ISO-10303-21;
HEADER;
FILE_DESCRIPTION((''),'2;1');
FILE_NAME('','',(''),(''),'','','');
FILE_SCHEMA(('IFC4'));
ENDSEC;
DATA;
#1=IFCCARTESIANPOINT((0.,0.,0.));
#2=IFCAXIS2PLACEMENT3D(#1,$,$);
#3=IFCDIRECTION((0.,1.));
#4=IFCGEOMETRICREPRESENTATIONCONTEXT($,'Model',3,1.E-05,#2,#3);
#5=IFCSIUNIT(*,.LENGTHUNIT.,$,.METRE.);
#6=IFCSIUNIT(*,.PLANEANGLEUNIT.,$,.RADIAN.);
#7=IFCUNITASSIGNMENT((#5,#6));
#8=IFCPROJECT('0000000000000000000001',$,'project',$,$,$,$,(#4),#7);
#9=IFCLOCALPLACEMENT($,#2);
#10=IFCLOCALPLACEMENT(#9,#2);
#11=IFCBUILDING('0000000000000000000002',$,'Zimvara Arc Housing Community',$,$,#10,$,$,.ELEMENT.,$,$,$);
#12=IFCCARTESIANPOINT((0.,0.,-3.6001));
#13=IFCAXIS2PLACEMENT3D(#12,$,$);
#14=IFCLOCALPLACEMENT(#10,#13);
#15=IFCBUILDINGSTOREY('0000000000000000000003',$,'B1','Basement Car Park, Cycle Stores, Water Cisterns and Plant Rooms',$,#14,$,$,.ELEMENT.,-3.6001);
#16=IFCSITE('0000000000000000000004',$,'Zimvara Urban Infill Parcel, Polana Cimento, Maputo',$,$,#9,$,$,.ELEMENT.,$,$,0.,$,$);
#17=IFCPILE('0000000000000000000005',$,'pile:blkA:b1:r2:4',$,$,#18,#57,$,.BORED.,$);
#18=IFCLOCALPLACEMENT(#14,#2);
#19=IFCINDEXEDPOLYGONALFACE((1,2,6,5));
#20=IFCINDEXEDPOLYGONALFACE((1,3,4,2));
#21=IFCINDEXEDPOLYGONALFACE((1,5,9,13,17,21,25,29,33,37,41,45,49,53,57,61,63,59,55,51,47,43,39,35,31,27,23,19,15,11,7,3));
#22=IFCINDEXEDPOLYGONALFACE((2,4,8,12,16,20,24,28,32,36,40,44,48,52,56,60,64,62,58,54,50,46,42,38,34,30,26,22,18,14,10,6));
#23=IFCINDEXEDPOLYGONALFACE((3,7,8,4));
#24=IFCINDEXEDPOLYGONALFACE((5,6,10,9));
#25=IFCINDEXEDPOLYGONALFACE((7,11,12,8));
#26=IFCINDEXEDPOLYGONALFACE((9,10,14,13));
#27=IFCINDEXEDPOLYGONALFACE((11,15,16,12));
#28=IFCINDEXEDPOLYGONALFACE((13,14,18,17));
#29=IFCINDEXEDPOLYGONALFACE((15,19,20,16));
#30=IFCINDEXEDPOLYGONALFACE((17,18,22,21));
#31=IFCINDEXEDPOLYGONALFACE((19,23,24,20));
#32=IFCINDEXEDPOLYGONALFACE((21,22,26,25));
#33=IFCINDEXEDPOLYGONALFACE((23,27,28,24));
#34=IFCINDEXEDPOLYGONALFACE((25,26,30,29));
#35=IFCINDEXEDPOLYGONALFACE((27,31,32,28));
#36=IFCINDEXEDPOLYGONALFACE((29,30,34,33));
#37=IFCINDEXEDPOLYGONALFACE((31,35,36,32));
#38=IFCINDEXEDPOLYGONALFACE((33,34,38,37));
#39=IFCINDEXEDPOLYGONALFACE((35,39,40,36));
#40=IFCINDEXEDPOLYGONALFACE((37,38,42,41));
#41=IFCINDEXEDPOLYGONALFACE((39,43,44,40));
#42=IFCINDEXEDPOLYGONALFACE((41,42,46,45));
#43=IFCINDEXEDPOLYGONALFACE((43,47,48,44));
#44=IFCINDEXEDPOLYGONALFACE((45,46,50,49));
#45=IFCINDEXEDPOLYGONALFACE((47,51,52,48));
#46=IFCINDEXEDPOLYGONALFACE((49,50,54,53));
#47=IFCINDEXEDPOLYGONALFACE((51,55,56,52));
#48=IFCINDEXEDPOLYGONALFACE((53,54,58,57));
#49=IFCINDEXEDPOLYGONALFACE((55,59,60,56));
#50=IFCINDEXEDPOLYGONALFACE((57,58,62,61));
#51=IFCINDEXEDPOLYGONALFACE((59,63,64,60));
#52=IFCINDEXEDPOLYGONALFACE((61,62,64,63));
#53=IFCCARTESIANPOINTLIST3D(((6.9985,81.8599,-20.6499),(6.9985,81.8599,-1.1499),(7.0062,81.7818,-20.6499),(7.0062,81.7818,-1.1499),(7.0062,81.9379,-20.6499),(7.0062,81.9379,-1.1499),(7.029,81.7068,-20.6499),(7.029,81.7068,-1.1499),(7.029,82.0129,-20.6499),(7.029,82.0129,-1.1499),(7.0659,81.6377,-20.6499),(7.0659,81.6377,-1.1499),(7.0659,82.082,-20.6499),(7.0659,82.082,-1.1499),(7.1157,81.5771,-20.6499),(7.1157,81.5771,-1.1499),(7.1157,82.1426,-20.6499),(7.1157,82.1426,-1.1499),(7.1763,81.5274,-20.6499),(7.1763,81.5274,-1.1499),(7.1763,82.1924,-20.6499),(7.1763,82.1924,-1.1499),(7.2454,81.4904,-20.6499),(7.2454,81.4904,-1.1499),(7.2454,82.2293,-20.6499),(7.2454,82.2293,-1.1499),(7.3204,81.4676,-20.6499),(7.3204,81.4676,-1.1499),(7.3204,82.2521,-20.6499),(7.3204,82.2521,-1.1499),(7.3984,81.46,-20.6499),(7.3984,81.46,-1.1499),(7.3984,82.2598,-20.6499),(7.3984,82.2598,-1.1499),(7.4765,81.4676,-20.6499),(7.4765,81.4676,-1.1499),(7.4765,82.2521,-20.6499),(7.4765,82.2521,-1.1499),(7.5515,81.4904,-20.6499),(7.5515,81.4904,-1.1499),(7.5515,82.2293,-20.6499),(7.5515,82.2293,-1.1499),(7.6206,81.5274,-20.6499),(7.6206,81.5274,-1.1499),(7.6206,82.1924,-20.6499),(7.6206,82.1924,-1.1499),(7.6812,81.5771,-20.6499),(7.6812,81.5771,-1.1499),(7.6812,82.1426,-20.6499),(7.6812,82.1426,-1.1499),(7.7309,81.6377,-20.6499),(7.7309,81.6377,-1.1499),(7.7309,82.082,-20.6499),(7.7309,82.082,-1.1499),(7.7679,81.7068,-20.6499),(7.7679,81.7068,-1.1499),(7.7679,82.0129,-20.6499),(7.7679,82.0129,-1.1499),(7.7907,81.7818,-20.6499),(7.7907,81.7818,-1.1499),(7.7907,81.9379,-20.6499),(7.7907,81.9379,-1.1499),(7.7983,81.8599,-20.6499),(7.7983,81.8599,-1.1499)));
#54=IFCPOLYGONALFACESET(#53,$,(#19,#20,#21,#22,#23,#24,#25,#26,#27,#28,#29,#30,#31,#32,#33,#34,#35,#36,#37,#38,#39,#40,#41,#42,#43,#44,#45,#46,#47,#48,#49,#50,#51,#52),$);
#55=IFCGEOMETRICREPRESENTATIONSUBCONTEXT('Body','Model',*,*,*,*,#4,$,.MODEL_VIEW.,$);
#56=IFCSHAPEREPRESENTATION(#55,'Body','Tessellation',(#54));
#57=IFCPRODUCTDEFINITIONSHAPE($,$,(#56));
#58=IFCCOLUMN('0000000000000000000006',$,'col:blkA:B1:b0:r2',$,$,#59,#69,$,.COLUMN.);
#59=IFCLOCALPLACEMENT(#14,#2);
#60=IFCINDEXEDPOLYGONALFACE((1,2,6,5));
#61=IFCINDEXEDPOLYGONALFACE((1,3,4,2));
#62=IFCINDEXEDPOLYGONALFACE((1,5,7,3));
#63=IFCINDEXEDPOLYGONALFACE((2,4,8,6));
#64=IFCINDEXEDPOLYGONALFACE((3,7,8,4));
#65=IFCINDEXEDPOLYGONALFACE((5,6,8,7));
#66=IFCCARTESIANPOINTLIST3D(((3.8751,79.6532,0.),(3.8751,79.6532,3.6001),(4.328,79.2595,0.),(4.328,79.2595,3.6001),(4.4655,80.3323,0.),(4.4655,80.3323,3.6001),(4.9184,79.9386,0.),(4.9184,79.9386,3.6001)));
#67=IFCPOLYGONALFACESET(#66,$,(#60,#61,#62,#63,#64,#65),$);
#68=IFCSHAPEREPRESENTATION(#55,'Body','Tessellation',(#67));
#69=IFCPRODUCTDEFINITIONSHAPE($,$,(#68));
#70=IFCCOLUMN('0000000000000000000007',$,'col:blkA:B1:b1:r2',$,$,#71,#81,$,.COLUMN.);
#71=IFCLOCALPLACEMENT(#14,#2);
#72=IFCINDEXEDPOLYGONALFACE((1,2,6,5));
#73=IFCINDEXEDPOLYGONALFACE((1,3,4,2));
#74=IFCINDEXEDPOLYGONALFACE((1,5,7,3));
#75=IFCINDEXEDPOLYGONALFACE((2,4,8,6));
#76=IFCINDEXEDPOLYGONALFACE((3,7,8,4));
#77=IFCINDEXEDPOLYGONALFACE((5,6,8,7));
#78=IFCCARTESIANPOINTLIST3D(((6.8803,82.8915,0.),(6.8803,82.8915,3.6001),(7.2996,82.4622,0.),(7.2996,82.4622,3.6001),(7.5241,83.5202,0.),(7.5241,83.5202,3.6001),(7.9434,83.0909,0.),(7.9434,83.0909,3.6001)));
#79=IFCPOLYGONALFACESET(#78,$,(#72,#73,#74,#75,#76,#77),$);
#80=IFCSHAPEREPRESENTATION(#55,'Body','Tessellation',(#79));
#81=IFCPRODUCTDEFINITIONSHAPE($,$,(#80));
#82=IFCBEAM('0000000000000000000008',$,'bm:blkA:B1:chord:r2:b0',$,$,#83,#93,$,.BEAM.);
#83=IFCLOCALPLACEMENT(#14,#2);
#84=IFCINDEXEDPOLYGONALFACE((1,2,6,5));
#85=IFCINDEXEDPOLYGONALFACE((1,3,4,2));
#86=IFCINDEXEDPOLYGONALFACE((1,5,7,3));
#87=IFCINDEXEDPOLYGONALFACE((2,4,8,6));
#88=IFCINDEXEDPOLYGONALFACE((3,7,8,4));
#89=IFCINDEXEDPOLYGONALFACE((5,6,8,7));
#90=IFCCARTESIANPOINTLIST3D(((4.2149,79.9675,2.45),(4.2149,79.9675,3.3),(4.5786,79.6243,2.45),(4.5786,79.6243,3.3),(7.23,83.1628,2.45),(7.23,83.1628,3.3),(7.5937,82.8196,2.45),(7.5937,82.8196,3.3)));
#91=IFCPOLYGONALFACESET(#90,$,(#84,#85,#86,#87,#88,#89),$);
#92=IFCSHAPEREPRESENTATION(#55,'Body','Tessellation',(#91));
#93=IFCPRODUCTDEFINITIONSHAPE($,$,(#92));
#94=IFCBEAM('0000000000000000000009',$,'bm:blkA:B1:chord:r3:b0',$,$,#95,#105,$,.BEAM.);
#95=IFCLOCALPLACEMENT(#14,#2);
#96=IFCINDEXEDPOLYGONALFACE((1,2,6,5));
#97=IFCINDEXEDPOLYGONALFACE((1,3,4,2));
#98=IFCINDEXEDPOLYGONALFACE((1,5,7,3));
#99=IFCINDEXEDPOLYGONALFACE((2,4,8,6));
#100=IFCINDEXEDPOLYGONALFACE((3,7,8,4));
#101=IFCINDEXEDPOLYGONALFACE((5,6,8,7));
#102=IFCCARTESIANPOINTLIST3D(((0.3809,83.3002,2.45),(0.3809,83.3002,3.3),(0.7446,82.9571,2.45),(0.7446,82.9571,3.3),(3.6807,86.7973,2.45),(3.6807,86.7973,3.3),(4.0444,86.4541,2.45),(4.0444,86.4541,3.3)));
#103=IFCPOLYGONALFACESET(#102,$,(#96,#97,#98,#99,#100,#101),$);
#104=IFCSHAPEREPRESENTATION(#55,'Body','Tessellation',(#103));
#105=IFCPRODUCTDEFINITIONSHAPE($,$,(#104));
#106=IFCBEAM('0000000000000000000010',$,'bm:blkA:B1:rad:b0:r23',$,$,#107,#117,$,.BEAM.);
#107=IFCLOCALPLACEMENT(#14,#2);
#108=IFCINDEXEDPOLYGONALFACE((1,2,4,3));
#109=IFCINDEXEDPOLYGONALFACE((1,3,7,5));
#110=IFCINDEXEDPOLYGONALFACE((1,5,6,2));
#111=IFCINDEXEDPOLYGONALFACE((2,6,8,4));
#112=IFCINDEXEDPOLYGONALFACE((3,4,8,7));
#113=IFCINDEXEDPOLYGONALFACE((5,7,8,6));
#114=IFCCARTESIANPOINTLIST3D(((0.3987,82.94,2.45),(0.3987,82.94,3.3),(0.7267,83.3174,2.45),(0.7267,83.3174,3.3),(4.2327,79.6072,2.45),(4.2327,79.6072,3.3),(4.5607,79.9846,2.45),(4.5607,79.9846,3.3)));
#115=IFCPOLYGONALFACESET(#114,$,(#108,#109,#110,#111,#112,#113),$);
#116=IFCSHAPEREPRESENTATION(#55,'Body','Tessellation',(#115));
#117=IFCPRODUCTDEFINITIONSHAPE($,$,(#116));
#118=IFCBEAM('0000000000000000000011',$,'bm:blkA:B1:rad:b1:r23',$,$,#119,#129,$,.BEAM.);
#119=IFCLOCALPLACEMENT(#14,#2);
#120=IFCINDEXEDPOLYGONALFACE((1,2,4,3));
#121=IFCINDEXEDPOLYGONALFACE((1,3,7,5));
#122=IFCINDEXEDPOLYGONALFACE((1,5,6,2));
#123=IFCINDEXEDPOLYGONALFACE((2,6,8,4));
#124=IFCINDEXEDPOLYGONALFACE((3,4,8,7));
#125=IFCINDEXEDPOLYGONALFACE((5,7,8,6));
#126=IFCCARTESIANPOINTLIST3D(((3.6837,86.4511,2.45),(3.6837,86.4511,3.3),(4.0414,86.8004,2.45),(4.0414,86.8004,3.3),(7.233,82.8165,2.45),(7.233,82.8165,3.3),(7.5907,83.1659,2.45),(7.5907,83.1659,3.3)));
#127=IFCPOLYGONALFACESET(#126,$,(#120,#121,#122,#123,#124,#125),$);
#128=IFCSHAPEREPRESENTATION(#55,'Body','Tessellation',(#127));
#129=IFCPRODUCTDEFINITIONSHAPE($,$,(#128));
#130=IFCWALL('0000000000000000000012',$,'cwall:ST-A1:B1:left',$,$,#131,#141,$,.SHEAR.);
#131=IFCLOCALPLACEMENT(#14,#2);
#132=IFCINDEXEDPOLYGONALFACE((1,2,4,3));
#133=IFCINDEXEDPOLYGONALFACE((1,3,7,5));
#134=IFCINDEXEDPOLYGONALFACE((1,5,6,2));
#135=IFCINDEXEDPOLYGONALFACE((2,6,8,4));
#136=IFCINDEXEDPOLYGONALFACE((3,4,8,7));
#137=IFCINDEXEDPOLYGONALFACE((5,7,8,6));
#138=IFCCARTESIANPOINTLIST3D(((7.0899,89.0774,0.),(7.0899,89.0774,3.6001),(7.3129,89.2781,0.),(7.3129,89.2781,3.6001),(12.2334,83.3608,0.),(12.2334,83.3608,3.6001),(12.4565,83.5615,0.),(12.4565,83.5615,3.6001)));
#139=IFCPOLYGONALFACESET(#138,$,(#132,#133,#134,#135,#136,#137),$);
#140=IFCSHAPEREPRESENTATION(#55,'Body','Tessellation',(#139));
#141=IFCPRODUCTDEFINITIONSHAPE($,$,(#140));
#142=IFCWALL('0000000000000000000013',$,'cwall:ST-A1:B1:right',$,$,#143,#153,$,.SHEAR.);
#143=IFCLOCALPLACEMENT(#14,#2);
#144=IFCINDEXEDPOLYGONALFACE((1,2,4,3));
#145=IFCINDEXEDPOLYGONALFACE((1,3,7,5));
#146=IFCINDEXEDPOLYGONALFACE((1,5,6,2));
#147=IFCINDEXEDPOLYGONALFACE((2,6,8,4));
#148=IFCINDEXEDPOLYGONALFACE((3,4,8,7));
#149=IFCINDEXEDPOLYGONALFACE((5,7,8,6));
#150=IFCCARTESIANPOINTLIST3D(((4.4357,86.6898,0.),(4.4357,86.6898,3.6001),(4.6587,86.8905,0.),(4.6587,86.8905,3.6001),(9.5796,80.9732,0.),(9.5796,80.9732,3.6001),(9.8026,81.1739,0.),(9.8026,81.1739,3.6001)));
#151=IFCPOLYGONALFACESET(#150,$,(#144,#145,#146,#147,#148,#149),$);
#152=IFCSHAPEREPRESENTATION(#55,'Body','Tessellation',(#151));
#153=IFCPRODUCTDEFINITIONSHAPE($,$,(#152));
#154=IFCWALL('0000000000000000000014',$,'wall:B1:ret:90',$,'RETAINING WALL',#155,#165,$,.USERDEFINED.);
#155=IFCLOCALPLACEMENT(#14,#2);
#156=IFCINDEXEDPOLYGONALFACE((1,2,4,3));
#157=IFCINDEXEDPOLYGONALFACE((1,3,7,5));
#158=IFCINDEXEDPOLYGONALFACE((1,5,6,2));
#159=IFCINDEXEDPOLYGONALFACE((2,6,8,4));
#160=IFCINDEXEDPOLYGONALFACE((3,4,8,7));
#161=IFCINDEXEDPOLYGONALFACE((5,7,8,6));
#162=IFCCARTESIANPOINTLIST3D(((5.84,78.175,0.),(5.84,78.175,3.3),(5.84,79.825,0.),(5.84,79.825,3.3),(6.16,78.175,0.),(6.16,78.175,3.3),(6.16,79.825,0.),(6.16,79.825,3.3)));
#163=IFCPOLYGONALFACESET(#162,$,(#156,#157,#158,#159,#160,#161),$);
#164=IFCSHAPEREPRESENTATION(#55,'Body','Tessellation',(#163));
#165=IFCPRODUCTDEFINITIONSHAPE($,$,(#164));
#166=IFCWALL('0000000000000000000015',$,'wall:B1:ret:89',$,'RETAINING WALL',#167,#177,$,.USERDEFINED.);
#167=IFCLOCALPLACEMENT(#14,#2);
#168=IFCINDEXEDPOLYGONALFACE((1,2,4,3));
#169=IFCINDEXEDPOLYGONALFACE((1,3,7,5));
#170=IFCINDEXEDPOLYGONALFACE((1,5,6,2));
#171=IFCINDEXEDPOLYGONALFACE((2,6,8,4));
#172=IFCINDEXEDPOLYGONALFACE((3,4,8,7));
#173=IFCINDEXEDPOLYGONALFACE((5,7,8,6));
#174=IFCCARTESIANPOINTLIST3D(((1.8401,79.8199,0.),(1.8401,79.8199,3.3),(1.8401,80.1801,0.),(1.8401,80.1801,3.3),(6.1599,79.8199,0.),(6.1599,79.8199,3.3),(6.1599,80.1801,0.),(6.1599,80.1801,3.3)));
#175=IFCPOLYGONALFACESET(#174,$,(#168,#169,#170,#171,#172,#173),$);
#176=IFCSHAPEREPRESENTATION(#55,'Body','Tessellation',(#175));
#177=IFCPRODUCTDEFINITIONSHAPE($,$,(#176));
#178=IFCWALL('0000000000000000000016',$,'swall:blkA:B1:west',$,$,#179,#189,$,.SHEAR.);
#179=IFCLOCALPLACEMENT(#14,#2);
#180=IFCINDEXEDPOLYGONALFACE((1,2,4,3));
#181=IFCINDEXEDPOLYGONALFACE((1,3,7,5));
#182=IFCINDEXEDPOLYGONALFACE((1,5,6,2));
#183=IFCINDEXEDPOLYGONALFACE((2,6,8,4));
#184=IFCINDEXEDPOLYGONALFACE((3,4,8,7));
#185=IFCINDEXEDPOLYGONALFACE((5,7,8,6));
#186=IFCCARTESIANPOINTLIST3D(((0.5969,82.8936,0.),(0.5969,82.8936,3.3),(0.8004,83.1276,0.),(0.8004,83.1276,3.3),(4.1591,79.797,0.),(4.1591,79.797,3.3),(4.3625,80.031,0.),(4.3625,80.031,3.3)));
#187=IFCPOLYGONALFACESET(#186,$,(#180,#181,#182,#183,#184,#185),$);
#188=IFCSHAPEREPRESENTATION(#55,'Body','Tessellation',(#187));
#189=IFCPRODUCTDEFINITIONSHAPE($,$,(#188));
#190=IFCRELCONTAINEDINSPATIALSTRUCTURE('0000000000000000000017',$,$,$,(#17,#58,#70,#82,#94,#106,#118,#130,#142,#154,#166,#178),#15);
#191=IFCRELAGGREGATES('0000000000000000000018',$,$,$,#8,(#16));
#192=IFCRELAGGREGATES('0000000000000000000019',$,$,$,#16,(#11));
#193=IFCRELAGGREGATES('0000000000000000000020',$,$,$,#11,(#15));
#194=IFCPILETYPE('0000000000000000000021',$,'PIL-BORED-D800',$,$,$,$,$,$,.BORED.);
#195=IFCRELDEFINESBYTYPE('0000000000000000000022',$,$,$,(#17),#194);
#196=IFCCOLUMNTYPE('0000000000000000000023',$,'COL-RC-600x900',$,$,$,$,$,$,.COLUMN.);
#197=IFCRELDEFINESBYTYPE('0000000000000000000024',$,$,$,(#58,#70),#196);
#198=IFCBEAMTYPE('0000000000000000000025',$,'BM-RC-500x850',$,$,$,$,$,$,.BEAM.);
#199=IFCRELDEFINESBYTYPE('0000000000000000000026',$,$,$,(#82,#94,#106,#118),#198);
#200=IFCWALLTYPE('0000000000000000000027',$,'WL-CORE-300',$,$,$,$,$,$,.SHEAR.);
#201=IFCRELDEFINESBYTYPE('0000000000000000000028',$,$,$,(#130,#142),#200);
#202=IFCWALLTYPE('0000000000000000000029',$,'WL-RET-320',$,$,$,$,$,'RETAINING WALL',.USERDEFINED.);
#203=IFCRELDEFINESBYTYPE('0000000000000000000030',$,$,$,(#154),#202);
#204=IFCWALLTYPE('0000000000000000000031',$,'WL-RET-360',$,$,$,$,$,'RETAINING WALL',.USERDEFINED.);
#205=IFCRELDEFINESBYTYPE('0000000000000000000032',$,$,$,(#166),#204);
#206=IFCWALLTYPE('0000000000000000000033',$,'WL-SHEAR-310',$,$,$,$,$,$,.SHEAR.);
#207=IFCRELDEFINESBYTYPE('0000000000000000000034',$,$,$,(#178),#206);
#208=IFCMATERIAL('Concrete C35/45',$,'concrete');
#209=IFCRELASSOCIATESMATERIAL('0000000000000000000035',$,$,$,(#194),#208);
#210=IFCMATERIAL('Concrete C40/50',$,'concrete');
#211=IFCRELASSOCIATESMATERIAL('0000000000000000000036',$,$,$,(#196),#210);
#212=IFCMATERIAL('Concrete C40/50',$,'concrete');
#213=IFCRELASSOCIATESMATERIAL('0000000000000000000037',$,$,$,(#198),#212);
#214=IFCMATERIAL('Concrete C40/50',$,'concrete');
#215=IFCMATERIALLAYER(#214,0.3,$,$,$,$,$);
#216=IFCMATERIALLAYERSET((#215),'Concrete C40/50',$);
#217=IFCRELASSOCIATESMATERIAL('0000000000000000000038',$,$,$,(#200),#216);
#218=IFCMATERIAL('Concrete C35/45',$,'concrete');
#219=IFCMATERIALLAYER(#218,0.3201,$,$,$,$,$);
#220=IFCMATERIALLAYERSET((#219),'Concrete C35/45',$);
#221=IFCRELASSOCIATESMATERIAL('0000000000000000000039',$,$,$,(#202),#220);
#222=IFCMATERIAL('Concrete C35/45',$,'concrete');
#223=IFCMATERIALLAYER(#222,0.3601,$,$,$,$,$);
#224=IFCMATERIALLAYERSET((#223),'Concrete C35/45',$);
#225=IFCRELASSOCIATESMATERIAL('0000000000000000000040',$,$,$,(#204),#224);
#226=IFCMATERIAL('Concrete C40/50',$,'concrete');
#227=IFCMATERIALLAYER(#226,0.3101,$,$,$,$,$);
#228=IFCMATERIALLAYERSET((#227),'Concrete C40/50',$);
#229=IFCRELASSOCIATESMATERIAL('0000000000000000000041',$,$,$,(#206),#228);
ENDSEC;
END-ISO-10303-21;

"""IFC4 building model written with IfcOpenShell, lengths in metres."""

from ifc_helpers import new_model, si_unit, direction, frame, frame_2d, origin, origin_2d, place, context, subcontext, project, spatial, rectangle, circle, extrude, material, layer, layer_set, material_profile, profile_set, type_object, element, save


model = new_model("IFC4")

# Units and contexts
model_context = context("Model", 3, precision=1e-05, world=origin(), true_north=direction((0.0, 1.0)))
body_context = subcontext(model_context, "Body", "Model", "MODEL_VIEW")
ifc_project = project(units=[si_unit("LENGTHUNIT", "METRE"), si_unit("PLANEANGLEUNIT", "RADIAN")], contexts=[model_context])

# Site, building, storey
site_placement = place(None, origin())
site = spatial("IfcSite", under=ifc_project, at=site_placement, Name="Zimvara Urban Infill Parcel, Polana Cimento, Maputo", CompositionType="ELEMENT", RefElevation=0.0)
building_placement = place(site_placement, origin())
building = spatial("IfcBuilding", under=site, at=building_placement, Name="Zimvara Arc Housing Community", CompositionType="ELEMENT")
storey_placement = place(building_placement, frame((0.0, 0.0, -3.6001)))
storey = spatial("IfcBuildingStorey", under=building, at=storey_placement, Name="B1", Description="Basement Car Park, Cycle Stores, Water Cisterns and Plant Rooms", CompositionType="ELEMENT", Elevation=-3.6001)

# Pile
ifc_material_1 = material(Name="Concrete C35/45", Category="concrete")
ifc_material_profile_1 = material_profile(ifc_material_1, circle(Radius=0.3999, at=origin_2d()), Name="PILE D800")
ifc_profile_set_1 = profile_set([ifc_material_profile_1], Name="Concrete C35/45")
pile_type = type_object("IfcPileType", Name="PIL-BORED-D800", PredefinedType="BORED", material=ifc_profile_set_1)
for number, where, z_axis, x_axis, name in (
    (1, (7.3984, 81.8599, -1.1499), (0.0, 0.0, -1.0), (1.0, 0.0, 0.0), "pile:blkA:b1:r2:4"),
):
    element("IfcPile", number, at=place(storey_placement, frame(where, z_axis=z_axis, x_axis=x_axis)), inside=storey, type_object=pile_type, Name=name, PredefinedType="BORED", context=body_context, shape_type="SweptSolid", body=[
        extrude(circle(Radius=0.3999, at=origin_2d()), origin(), (0.0, 0.0, 1.0), 19.5),
    ])

# Columns
ifc_material_2 = material(Name="Concrete C40/50", Category="concrete")
ifc_material_profile_2 = material_profile(ifc_material_2, rectangle(XDim=0.6001, YDim=0.8999, at=origin_2d()), Name="RC 600x900")
ifc_profile_set_2 = profile_set([ifc_material_profile_2], Name="Concrete C40/50")
column_type_1 = type_object("IfcColumnType", Name="COL-RC-600x900", PredefinedType="COLUMN", material=ifc_profile_set_2)
for number, where, z_axis, x_axis, name in (
    (2, (4.3967, 79.7959, 0.0), (0.0, 0.0, 1.0), (-0.75471, 0.656059, 0.0), "col:blkA:B1:b0:r2"),
    (3, (7.4119, 82.9912, 0.0), (0.0, 0.0, 1.0), (-0.698665, 0.715449, 0.0), "col:blkA:B1:b1:r2"),
):
    element("IfcColumn", number, at=place(storey_placement, frame(where, z_axis=z_axis, x_axis=x_axis)), inside=storey, type_object=column_type_1, Name=name, PredefinedType="COLUMN", context=body_context, shape_type="SweptSolid", body=[
        extrude(rectangle(XDim=0.6001, YDim=0.8999, at=origin_2d()), origin(), (0.0, 0.0, 1.0), 3.6001),
    ])

# Beams
ifc_material_3 = material(Name="Concrete C40/50", Category="concrete")
ifc_material_profile_3 = material_profile(ifc_material_3, rectangle(XDim=0.5, YDim=0.8501, at=origin_2d()), Name="RC 500x850")
ifc_profile_set_3 = profile_set([ifc_material_profile_3], Name="Concrete C40/50")
beam_type = type_object("IfcBeamType", Name="BM-RC-500x850", PredefinedType="BEAM", material=ifc_profile_set_3)
beam_1_placement = place(storey_placement, frame((4.3967, 79.7959, 2.875), z_axis=(0.686304, 0.727315, 0.0), x_axis=(-0.727315, 0.686304, 0.0)))
element("IfcBeam", 4, at=beam_1_placement, inside=storey, type_object=beam_type, Name="bm:blkA:B1:chord:r2:b0", PredefinedType="BEAM", context=body_context, shape_type="SweptSolid", body=[
    extrude(rectangle(XDim=0.5, YDim=0.8501, at=origin_2d()), origin(), (0.0, 0.0, 1.0), 4.3933),
])
beam_2_placement = place(storey_placement, frame((0.5627, 83.1287, 2.875), z_axis=(0.686295, 0.727323, 0.0), x_axis=(-0.727323, 0.686295, 0.0)))
element("IfcBeam", 5, at=beam_2_placement, inside=storey, type_object=beam_type, Name="bm:blkA:B1:chord:r3:b0", PredefinedType="BEAM", context=body_context, shape_type="SweptSolid", body=[
    extrude(rectangle(XDim=0.5, YDim=0.8501, at=origin_2d()), origin(), (0.0, 0.0, 1.0), 4.8081),
])
for number, where, z_axis, x_axis, name in (
    (6, (4.3967, 79.7959, 2.875), (-0.754716, 0.656051, 0.0), (-0.656051, -0.754716, 0.0), "bm:blkA:B1:rad:b0:r23"),
    (7, (7.4119, 82.9912, 2.875), (-0.698671, 0.715443, 0.0), (-0.715443, -0.698671, 0.0), "bm:blkA:B1:rad:b1:r23"),
):
    element("IfcBeam", number, at=place(storey_placement, frame(where, z_axis=z_axis, x_axis=x_axis)), inside=storey, type_object=beam_type, Name=name, PredefinedType="BEAM", context=body_context, shape_type="SweptSolid", body=[
        extrude(rectangle(XDim=0.5, YDim=0.8501, at=origin_2d()), origin(), (0.0, 0.0, 1.0), 5.0801),
    ])

# Shared definitions
ifc_material_4 = material(Name="Concrete C40/50", Category="concrete")
ifc_layer_1 = layer(ifc_material_4, 0.3)
ifc_layer_set_1 = layer_set([ifc_layer_1], Name="Concrete C40/50")
wall_type_1 = type_object("IfcWallType", Name="WL-CORE-300", PredefinedType="SHEAR", material=ifc_layer_set_1)

# Walls
wall_1_placement = place(storey_placement, frame((12.345, 83.4612, 0.0), z_axis=(0.0, 0.0, 1.0), x_axis=(-0.668868, 0.743381, 0.0)))
element("IfcWall", 8, at=wall_1_placement, inside=storey, type_object=wall_type_1, Name="cwall:ST-A1:B1:left", PredefinedType="SHEAR", context=body_context, shape_type="SweptSolid", body=[
    extrude(rectangle(XDim=7.6899, YDim=0.3, at=frame_2d((3.845, 0.0))), origin(), (0.0, 0.0, 1.0), 3.6001),
])
wall_2_placement = place(storey_placement, frame((9.6912, 81.0735, 0.0), z_axis=(0.0, 0.0, 1.0), x_axis=(-0.668886, 0.743365, 0.0)))
element("IfcWall", 9, at=wall_2_placement, inside=storey, type_object=wall_type_1, Name="cwall:ST-A1:B1:right", PredefinedType="SHEAR", context=body_context, shape_type="SweptSolid", body=[
    extrude(rectangle(XDim=7.6902, YDim=0.3, at=frame_2d((3.8452, 0.0))), origin(), (0.0, 0.0, 1.0), 3.6001),
])
ifc_material_5 = material(Name="Concrete C35/45", Category="concrete")
ifc_layer_2 = layer(ifc_material_5, 0.3201)
ifc_layer_set_2 = layer_set([ifc_layer_2], Name="Concrete C35/45")
wall_type_2 = type_object("IfcWallType", Name="WL-RET-320", ElementType="RETAINING WALL", PredefinedType="USERDEFINED", material=ifc_layer_set_2)
wall_3_placement = place(storey_placement, frame((6.0, 79.825, 0.0), z_axis=(0.0, 0.0, 1.0), x_axis=(0.0, -1.0, 0.0)))
element("IfcWall", 10, at=wall_3_placement, inside=storey, type_object=wall_type_2, Name="wall:B1:ret:90", ObjectType="RETAINING WALL", PredefinedType="USERDEFINED", context=body_context, shape_type="SweptSolid", body=[
    extrude(rectangle(XDim=1.6499, YDim=0.3201, at=frame_2d((0.825, 0.0))), origin(), (0.0, 0.0, 1.0), 3.3),
])
ifc_material_6 = material(Name="Concrete C35/45", Category="concrete")
ifc_layer_3 = layer(ifc_material_6, 0.3601)
ifc_layer_set_3 = layer_set([ifc_layer_3], Name="Concrete C35/45")
wall_type_3 = type_object("IfcWallType", Name="WL-RET-360", ElementType="RETAINING WALL", PredefinedType="USERDEFINED", material=ifc_layer_set_3)
wall_4_placement = place(storey_placement, frame((1.8401, 80.0, 0.0), z_axis=(0.0, 0.0, 1.0), x_axis=(1.0, 0.0, 0.0)))
element("IfcWall", 11, at=wall_4_placement, inside=storey, type_object=wall_type_3, Name="wall:B1:ret:89", ObjectType="RETAINING WALL", PredefinedType="USERDEFINED", context=body_context, shape_type="SweptSolid", body=[
    extrude(rectangle(XDim=4.3198, YDim=0.3601, at=frame_2d((2.1599, 0.0))), origin(), (0.0, 0.0, 1.0), 3.3),
])
ifc_material_7 = material(Name="Concrete C40/50", Category="concrete")
ifc_layer_4 = layer(ifc_material_7, 0.3101)
ifc_layer_set_4 = layer_set([ifc_layer_4], Name="Concrete C40/50")
wall_type_4 = type_object("IfcWallType", Name="WL-SHEAR-310", PredefinedType="SHEAR", material=ifc_layer_set_4)
wall_5_placement = place(storey_placement, frame((4.2607, 79.9141, 0.0), z_axis=(0.0, 0.0, 1.0), x_axis=(-0.754704, 0.656066, 0.0)))
element("IfcWall", 12, at=wall_5_placement, inside=storey, type_object=wall_type_4, Name="swall:blkA:B1:west", PredefinedType="SHEAR", context=body_context, shape_type="SweptSolid", body=[
    extrude(rectangle(XDim=4.72, YDim=0.3101, at=frame_2d((2.3599, 0.0))), origin(), (0.0, 0.0, 1.0), 3.3),
])

save(model, "model.ifc")
